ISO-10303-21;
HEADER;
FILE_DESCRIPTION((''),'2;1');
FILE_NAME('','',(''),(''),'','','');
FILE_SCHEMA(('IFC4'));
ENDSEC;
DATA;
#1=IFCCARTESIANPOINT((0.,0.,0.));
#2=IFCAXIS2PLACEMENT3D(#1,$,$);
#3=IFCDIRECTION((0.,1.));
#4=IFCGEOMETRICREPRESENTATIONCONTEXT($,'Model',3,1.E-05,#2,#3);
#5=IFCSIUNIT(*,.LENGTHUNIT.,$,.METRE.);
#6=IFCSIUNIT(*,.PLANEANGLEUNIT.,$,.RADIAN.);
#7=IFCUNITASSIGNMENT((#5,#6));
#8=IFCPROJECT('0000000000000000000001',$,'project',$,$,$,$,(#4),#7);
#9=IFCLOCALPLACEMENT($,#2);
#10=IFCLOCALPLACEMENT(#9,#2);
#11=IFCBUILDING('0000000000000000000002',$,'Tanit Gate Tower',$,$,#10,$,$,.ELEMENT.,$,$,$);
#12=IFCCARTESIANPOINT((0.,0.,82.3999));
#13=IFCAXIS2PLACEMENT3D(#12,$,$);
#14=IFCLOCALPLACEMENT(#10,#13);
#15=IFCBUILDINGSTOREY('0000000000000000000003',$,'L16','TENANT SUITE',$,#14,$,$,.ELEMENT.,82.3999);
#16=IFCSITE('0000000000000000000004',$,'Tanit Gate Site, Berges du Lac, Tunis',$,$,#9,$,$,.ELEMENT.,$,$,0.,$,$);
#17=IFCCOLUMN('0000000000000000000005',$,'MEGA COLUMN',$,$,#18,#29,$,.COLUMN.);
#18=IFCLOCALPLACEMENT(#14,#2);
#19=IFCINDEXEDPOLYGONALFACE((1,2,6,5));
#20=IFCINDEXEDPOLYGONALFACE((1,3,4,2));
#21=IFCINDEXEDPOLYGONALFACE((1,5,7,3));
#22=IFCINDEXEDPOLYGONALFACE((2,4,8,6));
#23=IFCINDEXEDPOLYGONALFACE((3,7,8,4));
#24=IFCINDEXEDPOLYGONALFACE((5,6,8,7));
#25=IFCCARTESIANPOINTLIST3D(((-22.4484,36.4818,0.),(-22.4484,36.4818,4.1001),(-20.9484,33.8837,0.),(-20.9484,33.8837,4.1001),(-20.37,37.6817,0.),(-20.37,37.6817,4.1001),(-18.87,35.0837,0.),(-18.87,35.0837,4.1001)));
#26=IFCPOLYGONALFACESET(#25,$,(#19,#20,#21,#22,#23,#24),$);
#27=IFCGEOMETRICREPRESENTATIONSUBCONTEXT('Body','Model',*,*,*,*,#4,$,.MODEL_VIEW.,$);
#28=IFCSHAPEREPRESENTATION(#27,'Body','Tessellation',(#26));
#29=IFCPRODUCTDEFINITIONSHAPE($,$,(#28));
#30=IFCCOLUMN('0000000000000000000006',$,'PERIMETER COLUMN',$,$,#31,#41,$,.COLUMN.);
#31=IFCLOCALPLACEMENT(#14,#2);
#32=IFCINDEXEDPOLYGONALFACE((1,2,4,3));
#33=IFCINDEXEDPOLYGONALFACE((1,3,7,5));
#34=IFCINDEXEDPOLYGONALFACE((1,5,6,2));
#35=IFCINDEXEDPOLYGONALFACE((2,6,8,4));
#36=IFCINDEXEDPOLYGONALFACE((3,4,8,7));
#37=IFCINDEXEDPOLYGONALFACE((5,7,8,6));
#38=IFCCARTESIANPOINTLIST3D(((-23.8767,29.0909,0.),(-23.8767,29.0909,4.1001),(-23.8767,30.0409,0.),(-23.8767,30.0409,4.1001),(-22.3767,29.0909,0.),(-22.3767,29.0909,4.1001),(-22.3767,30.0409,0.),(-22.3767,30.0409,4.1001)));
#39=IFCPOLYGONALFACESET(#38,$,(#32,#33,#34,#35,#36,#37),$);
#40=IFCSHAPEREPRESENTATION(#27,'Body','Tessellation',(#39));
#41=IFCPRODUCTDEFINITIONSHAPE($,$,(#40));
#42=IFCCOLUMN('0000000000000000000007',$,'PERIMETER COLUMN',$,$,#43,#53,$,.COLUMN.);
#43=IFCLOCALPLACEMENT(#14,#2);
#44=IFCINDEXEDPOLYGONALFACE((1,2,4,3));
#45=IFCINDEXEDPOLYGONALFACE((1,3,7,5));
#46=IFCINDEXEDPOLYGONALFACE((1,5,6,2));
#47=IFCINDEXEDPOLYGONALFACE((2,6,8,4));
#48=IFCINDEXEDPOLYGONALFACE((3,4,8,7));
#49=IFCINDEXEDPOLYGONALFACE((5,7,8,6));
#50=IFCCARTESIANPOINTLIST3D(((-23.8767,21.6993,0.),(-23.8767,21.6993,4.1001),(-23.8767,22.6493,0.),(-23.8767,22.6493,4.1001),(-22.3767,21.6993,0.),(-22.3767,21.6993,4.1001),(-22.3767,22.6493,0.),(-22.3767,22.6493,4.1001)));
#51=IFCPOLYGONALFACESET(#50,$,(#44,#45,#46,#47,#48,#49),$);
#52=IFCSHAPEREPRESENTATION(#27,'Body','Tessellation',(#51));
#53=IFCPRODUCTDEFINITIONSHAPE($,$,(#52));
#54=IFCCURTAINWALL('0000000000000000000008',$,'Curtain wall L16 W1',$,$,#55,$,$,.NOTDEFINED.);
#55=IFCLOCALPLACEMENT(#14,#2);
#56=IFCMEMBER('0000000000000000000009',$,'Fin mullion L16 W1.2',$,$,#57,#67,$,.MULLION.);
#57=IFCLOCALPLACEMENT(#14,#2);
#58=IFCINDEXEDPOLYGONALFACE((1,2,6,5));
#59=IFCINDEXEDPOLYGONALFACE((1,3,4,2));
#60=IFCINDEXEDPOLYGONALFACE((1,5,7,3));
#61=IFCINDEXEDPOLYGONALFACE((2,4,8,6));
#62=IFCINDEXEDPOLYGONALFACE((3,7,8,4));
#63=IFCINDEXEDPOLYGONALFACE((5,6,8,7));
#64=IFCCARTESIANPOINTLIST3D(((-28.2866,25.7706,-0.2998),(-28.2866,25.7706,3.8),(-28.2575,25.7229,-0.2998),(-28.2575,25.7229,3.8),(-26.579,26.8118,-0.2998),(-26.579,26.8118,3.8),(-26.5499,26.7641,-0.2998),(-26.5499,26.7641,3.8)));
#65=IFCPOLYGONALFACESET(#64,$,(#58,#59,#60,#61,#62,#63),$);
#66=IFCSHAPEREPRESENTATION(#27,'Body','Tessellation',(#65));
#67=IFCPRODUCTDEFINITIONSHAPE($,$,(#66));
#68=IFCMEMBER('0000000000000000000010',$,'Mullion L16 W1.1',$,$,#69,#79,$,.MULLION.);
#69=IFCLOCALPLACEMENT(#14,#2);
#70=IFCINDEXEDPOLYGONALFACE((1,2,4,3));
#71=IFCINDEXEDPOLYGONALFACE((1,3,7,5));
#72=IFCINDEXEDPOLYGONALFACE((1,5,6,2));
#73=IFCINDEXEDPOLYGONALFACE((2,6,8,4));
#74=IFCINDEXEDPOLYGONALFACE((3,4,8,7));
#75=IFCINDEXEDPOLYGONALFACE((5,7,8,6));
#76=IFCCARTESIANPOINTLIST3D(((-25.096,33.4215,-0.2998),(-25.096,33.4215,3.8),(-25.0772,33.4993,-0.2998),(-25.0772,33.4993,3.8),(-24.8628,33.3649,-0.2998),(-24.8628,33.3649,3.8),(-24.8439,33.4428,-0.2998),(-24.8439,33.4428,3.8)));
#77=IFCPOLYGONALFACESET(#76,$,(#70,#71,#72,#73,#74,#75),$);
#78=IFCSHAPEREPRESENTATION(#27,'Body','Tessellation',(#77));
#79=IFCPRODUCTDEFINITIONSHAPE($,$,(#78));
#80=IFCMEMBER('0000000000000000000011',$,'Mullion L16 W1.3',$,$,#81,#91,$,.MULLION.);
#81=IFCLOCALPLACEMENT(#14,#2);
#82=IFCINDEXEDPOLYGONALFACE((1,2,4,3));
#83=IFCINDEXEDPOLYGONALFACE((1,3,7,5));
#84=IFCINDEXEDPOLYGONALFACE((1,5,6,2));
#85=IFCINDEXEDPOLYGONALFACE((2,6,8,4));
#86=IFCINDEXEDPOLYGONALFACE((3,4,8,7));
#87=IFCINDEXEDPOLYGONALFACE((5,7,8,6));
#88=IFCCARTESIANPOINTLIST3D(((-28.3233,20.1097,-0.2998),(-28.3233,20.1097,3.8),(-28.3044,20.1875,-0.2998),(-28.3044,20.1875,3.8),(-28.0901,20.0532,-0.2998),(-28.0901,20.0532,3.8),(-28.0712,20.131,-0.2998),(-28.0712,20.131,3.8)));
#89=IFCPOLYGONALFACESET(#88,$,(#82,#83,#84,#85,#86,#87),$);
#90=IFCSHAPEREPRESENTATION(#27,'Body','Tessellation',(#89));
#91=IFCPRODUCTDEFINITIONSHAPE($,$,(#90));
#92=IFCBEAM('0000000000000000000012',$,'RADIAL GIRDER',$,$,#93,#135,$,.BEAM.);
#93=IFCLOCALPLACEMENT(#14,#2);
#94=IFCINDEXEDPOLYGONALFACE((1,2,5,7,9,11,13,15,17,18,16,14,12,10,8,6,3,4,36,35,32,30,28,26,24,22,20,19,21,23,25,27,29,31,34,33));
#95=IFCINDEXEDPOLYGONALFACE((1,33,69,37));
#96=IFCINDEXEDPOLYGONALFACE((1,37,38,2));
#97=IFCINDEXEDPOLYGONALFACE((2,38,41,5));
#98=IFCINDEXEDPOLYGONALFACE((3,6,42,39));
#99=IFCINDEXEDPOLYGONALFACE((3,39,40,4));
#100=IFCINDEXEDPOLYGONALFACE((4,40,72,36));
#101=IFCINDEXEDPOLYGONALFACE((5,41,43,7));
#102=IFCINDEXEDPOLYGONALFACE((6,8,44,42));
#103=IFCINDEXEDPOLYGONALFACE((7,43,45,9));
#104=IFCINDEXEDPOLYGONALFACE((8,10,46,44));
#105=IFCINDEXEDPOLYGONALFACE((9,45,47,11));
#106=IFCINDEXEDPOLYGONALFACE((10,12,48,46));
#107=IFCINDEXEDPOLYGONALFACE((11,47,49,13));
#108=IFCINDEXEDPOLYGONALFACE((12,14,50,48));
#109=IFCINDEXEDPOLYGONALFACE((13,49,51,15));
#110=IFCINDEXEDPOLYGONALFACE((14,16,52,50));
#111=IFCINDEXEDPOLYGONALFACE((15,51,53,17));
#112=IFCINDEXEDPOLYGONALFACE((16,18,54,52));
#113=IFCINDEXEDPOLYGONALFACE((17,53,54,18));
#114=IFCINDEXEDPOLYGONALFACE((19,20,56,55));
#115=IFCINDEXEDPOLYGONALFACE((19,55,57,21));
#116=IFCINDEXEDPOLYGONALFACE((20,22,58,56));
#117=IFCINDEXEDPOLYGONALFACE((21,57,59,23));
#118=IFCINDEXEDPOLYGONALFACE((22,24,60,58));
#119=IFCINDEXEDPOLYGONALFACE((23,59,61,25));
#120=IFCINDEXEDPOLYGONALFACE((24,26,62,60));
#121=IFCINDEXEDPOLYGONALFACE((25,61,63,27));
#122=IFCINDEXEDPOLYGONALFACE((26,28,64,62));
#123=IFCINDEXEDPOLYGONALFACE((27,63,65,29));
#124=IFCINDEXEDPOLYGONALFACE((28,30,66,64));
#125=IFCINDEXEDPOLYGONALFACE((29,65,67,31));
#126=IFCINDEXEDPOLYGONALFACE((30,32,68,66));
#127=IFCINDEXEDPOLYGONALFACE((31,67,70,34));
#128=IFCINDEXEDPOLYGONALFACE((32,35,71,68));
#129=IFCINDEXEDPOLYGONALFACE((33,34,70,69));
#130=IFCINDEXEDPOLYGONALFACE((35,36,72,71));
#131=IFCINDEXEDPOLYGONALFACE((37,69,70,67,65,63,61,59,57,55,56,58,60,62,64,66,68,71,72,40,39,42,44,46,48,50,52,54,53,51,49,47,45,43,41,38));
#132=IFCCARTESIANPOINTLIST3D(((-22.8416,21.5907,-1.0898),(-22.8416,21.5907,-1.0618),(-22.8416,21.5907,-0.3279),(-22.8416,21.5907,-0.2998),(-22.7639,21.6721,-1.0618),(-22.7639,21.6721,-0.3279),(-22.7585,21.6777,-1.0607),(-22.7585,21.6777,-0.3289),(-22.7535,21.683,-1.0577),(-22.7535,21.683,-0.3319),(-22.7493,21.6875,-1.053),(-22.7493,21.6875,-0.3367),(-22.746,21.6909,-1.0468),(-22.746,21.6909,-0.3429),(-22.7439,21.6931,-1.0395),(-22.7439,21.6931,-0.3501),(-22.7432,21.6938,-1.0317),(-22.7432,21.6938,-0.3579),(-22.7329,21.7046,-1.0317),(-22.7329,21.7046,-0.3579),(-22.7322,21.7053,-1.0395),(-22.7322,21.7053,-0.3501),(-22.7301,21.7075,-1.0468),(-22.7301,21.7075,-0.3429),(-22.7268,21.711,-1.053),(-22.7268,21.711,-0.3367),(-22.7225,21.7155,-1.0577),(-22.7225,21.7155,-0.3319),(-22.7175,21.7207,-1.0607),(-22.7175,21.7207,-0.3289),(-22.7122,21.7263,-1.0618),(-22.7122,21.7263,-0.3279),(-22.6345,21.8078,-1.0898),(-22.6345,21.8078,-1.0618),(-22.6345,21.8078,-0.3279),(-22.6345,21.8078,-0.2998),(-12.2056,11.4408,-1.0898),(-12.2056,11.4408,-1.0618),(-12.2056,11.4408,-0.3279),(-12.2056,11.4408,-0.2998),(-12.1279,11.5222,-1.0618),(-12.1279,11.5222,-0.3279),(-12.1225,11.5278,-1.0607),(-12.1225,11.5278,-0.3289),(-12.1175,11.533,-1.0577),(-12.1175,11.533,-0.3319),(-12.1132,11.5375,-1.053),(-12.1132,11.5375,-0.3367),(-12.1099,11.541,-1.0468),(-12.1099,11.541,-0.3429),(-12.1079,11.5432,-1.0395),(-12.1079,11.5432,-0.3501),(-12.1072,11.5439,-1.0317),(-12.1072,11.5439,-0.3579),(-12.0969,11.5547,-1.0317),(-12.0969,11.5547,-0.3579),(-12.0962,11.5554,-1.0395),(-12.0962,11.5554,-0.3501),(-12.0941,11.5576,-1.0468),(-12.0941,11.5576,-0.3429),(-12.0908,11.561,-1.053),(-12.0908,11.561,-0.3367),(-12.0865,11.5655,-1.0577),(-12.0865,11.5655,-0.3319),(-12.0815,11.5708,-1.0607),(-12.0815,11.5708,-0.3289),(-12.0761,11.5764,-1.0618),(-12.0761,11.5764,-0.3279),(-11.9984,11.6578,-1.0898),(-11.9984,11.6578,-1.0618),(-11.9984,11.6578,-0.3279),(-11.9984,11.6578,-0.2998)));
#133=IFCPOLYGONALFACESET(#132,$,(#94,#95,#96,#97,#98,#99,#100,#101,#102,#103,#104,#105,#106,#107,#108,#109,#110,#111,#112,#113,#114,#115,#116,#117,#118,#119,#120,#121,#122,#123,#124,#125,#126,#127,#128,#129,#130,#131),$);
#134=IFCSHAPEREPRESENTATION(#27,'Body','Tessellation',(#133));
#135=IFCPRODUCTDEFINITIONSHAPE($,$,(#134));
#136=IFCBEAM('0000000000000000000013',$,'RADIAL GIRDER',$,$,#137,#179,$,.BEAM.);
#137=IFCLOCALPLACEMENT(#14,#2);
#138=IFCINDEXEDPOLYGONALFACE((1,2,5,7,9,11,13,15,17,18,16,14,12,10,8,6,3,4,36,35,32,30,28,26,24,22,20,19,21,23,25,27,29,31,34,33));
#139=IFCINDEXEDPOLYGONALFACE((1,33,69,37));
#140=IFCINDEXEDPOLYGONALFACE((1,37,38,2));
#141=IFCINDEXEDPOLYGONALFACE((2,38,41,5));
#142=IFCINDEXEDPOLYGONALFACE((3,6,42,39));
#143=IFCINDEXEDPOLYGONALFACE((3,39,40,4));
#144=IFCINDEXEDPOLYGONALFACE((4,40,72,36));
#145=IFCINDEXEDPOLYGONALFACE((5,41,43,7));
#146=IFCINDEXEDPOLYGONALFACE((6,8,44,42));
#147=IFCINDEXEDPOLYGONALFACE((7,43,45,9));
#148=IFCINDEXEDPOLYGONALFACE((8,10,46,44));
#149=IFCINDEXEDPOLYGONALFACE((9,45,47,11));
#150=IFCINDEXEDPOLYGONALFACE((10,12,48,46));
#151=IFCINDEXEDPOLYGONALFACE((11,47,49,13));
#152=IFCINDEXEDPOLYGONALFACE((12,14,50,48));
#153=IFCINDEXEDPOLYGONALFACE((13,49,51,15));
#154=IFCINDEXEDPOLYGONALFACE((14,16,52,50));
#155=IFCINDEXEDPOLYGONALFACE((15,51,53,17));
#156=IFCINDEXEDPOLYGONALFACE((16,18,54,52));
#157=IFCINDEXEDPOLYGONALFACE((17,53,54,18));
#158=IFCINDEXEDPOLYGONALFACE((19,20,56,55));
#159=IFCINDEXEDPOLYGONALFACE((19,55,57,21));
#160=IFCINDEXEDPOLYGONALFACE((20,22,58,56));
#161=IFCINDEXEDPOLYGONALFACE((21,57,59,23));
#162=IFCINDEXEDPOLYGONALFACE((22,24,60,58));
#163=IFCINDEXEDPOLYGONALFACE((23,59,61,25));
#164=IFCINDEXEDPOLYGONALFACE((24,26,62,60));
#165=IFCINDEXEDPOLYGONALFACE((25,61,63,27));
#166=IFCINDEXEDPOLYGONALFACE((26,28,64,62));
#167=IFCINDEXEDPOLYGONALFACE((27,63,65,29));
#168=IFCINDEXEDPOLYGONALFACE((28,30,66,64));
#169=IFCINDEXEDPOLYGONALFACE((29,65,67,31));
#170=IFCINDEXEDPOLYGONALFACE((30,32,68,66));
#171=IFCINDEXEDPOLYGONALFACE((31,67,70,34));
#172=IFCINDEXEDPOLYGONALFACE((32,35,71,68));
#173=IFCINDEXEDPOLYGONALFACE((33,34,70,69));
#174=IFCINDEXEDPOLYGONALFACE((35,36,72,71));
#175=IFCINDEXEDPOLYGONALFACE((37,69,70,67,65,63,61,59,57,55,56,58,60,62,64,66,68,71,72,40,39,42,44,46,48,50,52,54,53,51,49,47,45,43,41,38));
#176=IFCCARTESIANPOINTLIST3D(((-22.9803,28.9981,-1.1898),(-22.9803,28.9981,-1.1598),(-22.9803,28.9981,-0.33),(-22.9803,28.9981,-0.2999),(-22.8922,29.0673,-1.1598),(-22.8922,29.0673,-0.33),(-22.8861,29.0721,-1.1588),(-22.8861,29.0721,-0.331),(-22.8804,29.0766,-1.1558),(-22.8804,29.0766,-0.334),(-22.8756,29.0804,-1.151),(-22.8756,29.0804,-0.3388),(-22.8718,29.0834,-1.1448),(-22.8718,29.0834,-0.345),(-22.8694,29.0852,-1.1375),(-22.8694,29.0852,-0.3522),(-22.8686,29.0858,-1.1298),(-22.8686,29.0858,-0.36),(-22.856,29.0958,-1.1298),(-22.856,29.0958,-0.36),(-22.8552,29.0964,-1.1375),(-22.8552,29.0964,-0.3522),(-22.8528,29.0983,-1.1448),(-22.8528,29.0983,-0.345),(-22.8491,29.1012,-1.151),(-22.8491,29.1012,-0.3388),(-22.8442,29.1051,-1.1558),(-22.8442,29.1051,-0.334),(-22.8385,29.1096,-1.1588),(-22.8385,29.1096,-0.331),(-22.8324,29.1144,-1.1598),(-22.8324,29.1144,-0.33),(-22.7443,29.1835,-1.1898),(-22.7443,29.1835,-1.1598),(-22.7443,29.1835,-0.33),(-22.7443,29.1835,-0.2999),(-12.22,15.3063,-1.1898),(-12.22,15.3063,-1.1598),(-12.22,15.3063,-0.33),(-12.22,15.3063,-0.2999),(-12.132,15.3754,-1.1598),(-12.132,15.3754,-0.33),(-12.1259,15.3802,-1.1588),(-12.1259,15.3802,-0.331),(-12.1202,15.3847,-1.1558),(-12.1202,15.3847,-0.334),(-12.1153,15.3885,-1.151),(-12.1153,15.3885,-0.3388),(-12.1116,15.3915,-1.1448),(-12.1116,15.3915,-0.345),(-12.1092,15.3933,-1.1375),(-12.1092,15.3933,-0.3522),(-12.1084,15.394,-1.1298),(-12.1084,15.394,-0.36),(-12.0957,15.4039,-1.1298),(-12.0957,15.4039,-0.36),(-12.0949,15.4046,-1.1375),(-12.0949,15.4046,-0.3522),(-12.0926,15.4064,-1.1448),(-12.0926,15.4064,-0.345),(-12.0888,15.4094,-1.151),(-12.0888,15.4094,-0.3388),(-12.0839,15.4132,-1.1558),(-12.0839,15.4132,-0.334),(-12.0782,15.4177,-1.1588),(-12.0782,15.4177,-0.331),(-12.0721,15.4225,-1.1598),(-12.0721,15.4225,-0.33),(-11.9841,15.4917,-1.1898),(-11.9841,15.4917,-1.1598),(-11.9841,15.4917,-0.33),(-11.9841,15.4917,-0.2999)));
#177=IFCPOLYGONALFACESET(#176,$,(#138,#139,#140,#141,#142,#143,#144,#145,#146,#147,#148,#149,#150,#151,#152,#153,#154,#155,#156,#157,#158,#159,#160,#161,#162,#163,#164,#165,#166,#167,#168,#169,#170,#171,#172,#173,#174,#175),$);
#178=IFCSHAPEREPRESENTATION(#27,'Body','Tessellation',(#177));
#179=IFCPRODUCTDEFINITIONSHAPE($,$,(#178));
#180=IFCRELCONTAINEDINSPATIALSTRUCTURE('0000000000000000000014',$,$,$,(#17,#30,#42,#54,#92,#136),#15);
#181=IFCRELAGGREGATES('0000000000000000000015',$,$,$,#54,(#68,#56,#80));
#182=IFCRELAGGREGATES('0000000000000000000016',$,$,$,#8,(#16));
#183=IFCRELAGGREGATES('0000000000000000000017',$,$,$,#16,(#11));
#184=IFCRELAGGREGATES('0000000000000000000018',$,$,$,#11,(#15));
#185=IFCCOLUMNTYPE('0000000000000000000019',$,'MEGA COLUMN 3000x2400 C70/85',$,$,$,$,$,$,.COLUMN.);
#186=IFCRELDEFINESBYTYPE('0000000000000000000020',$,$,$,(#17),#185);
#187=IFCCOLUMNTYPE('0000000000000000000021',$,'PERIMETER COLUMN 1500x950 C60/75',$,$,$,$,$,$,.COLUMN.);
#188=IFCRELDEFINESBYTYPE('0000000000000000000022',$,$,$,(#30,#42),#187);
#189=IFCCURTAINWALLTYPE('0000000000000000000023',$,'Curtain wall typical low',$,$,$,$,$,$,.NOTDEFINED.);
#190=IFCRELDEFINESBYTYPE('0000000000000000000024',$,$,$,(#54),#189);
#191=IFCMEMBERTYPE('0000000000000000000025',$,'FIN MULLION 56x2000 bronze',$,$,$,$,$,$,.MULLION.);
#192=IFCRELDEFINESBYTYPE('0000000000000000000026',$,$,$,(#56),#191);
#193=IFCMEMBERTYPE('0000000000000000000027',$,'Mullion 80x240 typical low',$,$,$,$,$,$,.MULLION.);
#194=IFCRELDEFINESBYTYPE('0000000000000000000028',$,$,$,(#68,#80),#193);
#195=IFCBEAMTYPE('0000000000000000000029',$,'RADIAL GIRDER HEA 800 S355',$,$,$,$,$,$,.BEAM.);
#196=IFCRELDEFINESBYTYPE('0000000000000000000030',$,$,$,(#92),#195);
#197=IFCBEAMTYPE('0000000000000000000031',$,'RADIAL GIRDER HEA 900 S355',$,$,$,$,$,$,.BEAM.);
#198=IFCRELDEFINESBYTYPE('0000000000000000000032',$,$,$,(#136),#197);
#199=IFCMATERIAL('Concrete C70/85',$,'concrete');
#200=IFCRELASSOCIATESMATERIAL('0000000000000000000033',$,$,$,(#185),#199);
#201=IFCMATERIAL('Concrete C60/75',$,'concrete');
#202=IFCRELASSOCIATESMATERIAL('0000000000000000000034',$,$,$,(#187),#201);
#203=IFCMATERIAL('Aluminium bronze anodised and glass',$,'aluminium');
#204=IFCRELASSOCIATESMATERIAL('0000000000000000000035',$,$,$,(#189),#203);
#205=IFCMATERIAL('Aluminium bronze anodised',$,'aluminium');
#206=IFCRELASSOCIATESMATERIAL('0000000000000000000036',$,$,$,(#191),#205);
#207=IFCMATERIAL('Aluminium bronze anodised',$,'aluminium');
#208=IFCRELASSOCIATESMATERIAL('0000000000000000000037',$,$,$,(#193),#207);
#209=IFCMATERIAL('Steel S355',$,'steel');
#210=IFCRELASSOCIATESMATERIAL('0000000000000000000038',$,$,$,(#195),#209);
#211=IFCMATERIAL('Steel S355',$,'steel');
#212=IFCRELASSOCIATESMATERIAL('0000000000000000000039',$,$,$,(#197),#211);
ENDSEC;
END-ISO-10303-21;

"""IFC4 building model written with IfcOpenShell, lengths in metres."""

from ifc_helpers import new_model, si_unit, direction, frame, origin, origin_2d, place, context, subcontext, project, spatial, rectangle, i_section, extrude, material, material_profile, profile_set, type_object, element, aggregate, save


model = new_model("IFC4")

# Units and contexts
model_context = context("Model", 3, precision=1e-05, world=origin(), true_north=direction((0.0, 1.0)))
body_context = subcontext(model_context, "Body", "Model", "MODEL_VIEW")
ifc_project = project(units=[si_unit("LENGTHUNIT", "METRE"), si_unit("PLANEANGLEUNIT", "RADIAN")], contexts=[model_context])

# Site, building, storey
site_placement = place(None, origin())
site = spatial("IfcSite", under=ifc_project, at=site_placement, Name="Tanit Gate Site, Berges du Lac, Tunis", CompositionType="ELEMENT", RefElevation=0.0)
building_placement = place(site_placement, origin())
building = spatial("IfcBuilding", under=site, at=building_placement, Name="Tanit Gate Tower", CompositionType="ELEMENT")
storey_placement = place(building_placement, frame((0.0, 0.0, 82.3999)))
storey = spatial("IfcBuildingStorey", under=building, at=storey_placement, Name="L16", Description="TENANT SUITE", CompositionType="ELEMENT", Elevation=82.3999)

# Columns
ifc_material_1 = material(Name="Concrete C70/85", Category="concrete")
ifc_material_profile_1 = material_profile(ifc_material_1, rectangle(XDim=3.0, YDim=2.3999, at=origin_2d()), Name="RC 3000x2400")
ifc_profile_set_1 = profile_set([ifc_material_profile_1], Name="Concrete C70/85")
column_type_1 = type_object("IfcColumnType", Name="MEGA COLUMN 3000x2400 C70/85", PredefinedType="COLUMN", material=ifc_profile_set_1)
column_placement = place(storey_placement, frame((-20.6592, 35.7827, 0.0), z_axis=(0.0, 0.0, 1.0), x_axis=(-0.5, 0.866025, 0.0)))
element("IfcColumn", 1, at=column_placement, inside=storey, type_object=column_type_1, Name="MEGA COLUMN", PredefinedType="COLUMN", context=body_context, shape_type="SweptSolid", body=[
    extrude(rectangle(XDim=3.0, YDim=2.3999, at=origin_2d()), origin(), (0.0, 0.0, 1.0), 4.1001),
])
ifc_material_2 = material(Name="Concrete C60/75", Category="concrete")
ifc_material_profile_2 = material_profile(ifc_material_2, rectangle(XDim=1.5, YDim=0.95, at=origin_2d()), Name="RC 1500x950")
ifc_profile_set_2 = profile_set([ifc_material_profile_2], Name="Concrete C60/75")
column_type_2 = type_object("IfcColumnType", Name="PERIMETER COLUMN 1500x950 C60/75", PredefinedType="COLUMN", material=ifc_profile_set_2)
for number, where, z_axis, x_axis, name in (
    (2, (-23.1267, 29.5659, 0.0), (0.0, 0.0, 1.0), (-1.0, 0.0, 0.0), "PERIMETER COLUMN"),
    (3, (-23.1267, 22.1743, 0.0), (0.0, 0.0, 1.0), (-1.0, 0.0, 0.0), "PERIMETER COLUMN"),
):
    element("IfcColumn", number, at=place(storey_placement, frame(where, z_axis=z_axis, x_axis=x_axis)), inside=storey, type_object=column_type_2, Name=name, PredefinedType="COLUMN", context=body_context, shape_type="SweptSolid", body=[
        extrude(rectangle(XDim=1.5, YDim=0.95, at=origin_2d()), origin(), (0.0, 0.0, 1.0), 4.1001),
    ])

# Curtain wall, members
ifc_material_3 = material(Name="Aluminium bronze anodised and glass", Category="aluminium")
curtain_wall_type = type_object("IfcCurtainWallType", Name="Curtain wall typical low", PredefinedType="NOTDEFINED", material=ifc_material_3)
curtain_wall_placement = place(storey_placement, origin())
curtain_wall = element("IfcCurtainWall", 4, at=curtain_wall_placement, inside=storey, type_object=curtain_wall_type, Name="Curtain wall L16 W1", PredefinedType="NOTDEFINED")
ifc_material_4 = material(Name="Aluminium bronze anodised", Category="aluminium")
ifc_material_profile_3 = material_profile(ifc_material_4, rectangle(XDim=2.0, YDim=0.0559, at=origin_2d()), Name="56x2000 bronze fin mullion")
ifc_profile_set_3 = profile_set([ifc_material_profile_3], Name="Aluminium bronze anodised")
member_type_1 = type_object("IfcMemberType", Name="FIN MULLION 56x2000 bronze", PredefinedType="MULLION", material=ifc_profile_set_3)
member_1_placement = place(storey_placement, frame((-27.4182, 26.2673, -0.2998), z_axis=(0.0, 0.0, 1.0), x_axis=(0.853806, 0.520591, 0.0)))
member_1 = element("IfcMember", 5, at=member_1_placement, type_object=member_type_1, Name="Fin mullion L16 W1.2", PredefinedType="MULLION", context=body_context, shape_type="SweptSolid", body=[
    extrude(rectangle(XDim=2.0, YDim=0.0559, at=origin_2d()), origin(), (0.0, 0.0, 1.0), 4.0999),
])
ifc_material_5 = material(Name="Aluminium bronze anodised", Category="aluminium")
ifc_material_profile_4 = material_profile(ifc_material_5, rectangle(XDim=0.24, YDim=0.0801, at=origin_2d()), Name="80x240 bronze mullion")
ifc_profile_set_4 = profile_set([ifc_material_profile_4], Name="Aluminium bronze anodised")
member_type_2 = type_object("IfcMemberType", Name="Mullion 80x240 typical low", PredefinedType="MULLION", material=ifc_profile_set_4)
member_2_placement = place(storey_placement, frame((-24.97, 33.4321, -0.2998), z_axis=(0.0, 0.0, 1.0), x_axis=(0.971846, -0.235618, 0.0)))
member_2 = element("IfcMember", 6, at=member_2_placement, type_object=member_type_2, Name="Mullion L16 W1.1", PredefinedType="MULLION", context=body_context, shape_type="SweptSolid", body=[
    extrude(rectangle(XDim=0.24, YDim=0.0801, at=origin_2d()), origin(), (0.0, 0.0, 1.0), 4.0999),
])
member_3_placement = place(storey_placement, frame((-28.1973, 20.1204, -0.2998), z_axis=(0.0, 0.0, 1.0), x_axis=(0.971846, -0.235618, 0.0)))
member_3 = element("IfcMember", 7, at=member_3_placement, type_object=member_type_2, Name="Mullion L16 W1.3", PredefinedType="MULLION", context=body_context, shape_type="SweptSolid", body=[
    extrude(rectangle(XDim=0.24, YDim=0.0801, at=origin_2d()), origin(), (0.0, 0.0, 1.0), 4.0999),
])

# Beams
ifc_material_6 = material(Name="Steel S355", Category="steel")
ifc_material_profile_5 = material_profile(ifc_material_6, i_section(OverallWidth=0.3, OverallDepth=0.79, WebThickness=0.0149, FlangeThickness=0.0281, FilletRadius=0.03, at=origin_2d()), Name="HEA 800")
ifc_profile_set_5 = profile_set([ifc_material_profile_5], Name="Steel S355")
beam_type_1 = type_object("IfcBeamType", Name="RADIAL GIRDER HEA 800 S355", PredefinedType="BEAM", material=ifc_profile_set_5)
beam_1_placement = place(storey_placement, frame((-22.738, 21.6992, -0.6948), z_axis=(0.723445, -0.690382, 0.0), x_axis=(0.690382, 0.723445, 0.0)))
element("IfcBeam", 8, at=beam_1_placement, inside=storey, type_object=beam_type_1, Name="RADIAL GIRDER", PredefinedType="BEAM", context=body_context, shape_type="SweptSolid", body=[
    extrude(i_section(OverallWidth=0.3, OverallDepth=0.79, WebThickness=0.0149, FlangeThickness=0.0281, FilletRadius=0.03, at=origin_2d()), origin(), (0.0, 0.0, 1.0), 14.7019),
])
ifc_material_7 = material(Name="Steel S355", Category="steel")
ifc_material_profile_6 = material_profile(ifc_material_7, i_section(OverallWidth=0.3, OverallDepth=0.8899, WebThickness=0.0161, FlangeThickness=0.03, FilletRadius=0.03, at=origin_2d()), Name="HEA 900")
ifc_profile_set_6 = profile_set([ifc_material_profile_6], Name="Steel S355")
beam_type_2 = type_object("IfcBeamType", Name="RADIAL GIRDER HEA 900 S355", PredefinedType="BEAM", material=ifc_profile_set_6)
beam_2_placement = place(storey_placement, frame((-22.8623, 29.0908, -0.7449), z_axis=(0.617905, -0.786253, 0.0), x_axis=(0.786253, 0.617905, 0.0)))
element("IfcBeam", 9, at=beam_2_placement, inside=storey, type_object=beam_type_2, Name="RADIAL GIRDER", PredefinedType="BEAM", context=body_context, shape_type="SweptSolid", body=[
    extrude(i_section(OverallWidth=0.3, OverallDepth=0.8899, WebThickness=0.0161, FlangeThickness=0.03, FilletRadius=0.03, at=origin_2d()), origin(), (0.0, 0.0, 1.0), 17.4141),
])

aggregate(curtain_wall, [member_2, member_1, member_3])

save(model, "model.ifc")
